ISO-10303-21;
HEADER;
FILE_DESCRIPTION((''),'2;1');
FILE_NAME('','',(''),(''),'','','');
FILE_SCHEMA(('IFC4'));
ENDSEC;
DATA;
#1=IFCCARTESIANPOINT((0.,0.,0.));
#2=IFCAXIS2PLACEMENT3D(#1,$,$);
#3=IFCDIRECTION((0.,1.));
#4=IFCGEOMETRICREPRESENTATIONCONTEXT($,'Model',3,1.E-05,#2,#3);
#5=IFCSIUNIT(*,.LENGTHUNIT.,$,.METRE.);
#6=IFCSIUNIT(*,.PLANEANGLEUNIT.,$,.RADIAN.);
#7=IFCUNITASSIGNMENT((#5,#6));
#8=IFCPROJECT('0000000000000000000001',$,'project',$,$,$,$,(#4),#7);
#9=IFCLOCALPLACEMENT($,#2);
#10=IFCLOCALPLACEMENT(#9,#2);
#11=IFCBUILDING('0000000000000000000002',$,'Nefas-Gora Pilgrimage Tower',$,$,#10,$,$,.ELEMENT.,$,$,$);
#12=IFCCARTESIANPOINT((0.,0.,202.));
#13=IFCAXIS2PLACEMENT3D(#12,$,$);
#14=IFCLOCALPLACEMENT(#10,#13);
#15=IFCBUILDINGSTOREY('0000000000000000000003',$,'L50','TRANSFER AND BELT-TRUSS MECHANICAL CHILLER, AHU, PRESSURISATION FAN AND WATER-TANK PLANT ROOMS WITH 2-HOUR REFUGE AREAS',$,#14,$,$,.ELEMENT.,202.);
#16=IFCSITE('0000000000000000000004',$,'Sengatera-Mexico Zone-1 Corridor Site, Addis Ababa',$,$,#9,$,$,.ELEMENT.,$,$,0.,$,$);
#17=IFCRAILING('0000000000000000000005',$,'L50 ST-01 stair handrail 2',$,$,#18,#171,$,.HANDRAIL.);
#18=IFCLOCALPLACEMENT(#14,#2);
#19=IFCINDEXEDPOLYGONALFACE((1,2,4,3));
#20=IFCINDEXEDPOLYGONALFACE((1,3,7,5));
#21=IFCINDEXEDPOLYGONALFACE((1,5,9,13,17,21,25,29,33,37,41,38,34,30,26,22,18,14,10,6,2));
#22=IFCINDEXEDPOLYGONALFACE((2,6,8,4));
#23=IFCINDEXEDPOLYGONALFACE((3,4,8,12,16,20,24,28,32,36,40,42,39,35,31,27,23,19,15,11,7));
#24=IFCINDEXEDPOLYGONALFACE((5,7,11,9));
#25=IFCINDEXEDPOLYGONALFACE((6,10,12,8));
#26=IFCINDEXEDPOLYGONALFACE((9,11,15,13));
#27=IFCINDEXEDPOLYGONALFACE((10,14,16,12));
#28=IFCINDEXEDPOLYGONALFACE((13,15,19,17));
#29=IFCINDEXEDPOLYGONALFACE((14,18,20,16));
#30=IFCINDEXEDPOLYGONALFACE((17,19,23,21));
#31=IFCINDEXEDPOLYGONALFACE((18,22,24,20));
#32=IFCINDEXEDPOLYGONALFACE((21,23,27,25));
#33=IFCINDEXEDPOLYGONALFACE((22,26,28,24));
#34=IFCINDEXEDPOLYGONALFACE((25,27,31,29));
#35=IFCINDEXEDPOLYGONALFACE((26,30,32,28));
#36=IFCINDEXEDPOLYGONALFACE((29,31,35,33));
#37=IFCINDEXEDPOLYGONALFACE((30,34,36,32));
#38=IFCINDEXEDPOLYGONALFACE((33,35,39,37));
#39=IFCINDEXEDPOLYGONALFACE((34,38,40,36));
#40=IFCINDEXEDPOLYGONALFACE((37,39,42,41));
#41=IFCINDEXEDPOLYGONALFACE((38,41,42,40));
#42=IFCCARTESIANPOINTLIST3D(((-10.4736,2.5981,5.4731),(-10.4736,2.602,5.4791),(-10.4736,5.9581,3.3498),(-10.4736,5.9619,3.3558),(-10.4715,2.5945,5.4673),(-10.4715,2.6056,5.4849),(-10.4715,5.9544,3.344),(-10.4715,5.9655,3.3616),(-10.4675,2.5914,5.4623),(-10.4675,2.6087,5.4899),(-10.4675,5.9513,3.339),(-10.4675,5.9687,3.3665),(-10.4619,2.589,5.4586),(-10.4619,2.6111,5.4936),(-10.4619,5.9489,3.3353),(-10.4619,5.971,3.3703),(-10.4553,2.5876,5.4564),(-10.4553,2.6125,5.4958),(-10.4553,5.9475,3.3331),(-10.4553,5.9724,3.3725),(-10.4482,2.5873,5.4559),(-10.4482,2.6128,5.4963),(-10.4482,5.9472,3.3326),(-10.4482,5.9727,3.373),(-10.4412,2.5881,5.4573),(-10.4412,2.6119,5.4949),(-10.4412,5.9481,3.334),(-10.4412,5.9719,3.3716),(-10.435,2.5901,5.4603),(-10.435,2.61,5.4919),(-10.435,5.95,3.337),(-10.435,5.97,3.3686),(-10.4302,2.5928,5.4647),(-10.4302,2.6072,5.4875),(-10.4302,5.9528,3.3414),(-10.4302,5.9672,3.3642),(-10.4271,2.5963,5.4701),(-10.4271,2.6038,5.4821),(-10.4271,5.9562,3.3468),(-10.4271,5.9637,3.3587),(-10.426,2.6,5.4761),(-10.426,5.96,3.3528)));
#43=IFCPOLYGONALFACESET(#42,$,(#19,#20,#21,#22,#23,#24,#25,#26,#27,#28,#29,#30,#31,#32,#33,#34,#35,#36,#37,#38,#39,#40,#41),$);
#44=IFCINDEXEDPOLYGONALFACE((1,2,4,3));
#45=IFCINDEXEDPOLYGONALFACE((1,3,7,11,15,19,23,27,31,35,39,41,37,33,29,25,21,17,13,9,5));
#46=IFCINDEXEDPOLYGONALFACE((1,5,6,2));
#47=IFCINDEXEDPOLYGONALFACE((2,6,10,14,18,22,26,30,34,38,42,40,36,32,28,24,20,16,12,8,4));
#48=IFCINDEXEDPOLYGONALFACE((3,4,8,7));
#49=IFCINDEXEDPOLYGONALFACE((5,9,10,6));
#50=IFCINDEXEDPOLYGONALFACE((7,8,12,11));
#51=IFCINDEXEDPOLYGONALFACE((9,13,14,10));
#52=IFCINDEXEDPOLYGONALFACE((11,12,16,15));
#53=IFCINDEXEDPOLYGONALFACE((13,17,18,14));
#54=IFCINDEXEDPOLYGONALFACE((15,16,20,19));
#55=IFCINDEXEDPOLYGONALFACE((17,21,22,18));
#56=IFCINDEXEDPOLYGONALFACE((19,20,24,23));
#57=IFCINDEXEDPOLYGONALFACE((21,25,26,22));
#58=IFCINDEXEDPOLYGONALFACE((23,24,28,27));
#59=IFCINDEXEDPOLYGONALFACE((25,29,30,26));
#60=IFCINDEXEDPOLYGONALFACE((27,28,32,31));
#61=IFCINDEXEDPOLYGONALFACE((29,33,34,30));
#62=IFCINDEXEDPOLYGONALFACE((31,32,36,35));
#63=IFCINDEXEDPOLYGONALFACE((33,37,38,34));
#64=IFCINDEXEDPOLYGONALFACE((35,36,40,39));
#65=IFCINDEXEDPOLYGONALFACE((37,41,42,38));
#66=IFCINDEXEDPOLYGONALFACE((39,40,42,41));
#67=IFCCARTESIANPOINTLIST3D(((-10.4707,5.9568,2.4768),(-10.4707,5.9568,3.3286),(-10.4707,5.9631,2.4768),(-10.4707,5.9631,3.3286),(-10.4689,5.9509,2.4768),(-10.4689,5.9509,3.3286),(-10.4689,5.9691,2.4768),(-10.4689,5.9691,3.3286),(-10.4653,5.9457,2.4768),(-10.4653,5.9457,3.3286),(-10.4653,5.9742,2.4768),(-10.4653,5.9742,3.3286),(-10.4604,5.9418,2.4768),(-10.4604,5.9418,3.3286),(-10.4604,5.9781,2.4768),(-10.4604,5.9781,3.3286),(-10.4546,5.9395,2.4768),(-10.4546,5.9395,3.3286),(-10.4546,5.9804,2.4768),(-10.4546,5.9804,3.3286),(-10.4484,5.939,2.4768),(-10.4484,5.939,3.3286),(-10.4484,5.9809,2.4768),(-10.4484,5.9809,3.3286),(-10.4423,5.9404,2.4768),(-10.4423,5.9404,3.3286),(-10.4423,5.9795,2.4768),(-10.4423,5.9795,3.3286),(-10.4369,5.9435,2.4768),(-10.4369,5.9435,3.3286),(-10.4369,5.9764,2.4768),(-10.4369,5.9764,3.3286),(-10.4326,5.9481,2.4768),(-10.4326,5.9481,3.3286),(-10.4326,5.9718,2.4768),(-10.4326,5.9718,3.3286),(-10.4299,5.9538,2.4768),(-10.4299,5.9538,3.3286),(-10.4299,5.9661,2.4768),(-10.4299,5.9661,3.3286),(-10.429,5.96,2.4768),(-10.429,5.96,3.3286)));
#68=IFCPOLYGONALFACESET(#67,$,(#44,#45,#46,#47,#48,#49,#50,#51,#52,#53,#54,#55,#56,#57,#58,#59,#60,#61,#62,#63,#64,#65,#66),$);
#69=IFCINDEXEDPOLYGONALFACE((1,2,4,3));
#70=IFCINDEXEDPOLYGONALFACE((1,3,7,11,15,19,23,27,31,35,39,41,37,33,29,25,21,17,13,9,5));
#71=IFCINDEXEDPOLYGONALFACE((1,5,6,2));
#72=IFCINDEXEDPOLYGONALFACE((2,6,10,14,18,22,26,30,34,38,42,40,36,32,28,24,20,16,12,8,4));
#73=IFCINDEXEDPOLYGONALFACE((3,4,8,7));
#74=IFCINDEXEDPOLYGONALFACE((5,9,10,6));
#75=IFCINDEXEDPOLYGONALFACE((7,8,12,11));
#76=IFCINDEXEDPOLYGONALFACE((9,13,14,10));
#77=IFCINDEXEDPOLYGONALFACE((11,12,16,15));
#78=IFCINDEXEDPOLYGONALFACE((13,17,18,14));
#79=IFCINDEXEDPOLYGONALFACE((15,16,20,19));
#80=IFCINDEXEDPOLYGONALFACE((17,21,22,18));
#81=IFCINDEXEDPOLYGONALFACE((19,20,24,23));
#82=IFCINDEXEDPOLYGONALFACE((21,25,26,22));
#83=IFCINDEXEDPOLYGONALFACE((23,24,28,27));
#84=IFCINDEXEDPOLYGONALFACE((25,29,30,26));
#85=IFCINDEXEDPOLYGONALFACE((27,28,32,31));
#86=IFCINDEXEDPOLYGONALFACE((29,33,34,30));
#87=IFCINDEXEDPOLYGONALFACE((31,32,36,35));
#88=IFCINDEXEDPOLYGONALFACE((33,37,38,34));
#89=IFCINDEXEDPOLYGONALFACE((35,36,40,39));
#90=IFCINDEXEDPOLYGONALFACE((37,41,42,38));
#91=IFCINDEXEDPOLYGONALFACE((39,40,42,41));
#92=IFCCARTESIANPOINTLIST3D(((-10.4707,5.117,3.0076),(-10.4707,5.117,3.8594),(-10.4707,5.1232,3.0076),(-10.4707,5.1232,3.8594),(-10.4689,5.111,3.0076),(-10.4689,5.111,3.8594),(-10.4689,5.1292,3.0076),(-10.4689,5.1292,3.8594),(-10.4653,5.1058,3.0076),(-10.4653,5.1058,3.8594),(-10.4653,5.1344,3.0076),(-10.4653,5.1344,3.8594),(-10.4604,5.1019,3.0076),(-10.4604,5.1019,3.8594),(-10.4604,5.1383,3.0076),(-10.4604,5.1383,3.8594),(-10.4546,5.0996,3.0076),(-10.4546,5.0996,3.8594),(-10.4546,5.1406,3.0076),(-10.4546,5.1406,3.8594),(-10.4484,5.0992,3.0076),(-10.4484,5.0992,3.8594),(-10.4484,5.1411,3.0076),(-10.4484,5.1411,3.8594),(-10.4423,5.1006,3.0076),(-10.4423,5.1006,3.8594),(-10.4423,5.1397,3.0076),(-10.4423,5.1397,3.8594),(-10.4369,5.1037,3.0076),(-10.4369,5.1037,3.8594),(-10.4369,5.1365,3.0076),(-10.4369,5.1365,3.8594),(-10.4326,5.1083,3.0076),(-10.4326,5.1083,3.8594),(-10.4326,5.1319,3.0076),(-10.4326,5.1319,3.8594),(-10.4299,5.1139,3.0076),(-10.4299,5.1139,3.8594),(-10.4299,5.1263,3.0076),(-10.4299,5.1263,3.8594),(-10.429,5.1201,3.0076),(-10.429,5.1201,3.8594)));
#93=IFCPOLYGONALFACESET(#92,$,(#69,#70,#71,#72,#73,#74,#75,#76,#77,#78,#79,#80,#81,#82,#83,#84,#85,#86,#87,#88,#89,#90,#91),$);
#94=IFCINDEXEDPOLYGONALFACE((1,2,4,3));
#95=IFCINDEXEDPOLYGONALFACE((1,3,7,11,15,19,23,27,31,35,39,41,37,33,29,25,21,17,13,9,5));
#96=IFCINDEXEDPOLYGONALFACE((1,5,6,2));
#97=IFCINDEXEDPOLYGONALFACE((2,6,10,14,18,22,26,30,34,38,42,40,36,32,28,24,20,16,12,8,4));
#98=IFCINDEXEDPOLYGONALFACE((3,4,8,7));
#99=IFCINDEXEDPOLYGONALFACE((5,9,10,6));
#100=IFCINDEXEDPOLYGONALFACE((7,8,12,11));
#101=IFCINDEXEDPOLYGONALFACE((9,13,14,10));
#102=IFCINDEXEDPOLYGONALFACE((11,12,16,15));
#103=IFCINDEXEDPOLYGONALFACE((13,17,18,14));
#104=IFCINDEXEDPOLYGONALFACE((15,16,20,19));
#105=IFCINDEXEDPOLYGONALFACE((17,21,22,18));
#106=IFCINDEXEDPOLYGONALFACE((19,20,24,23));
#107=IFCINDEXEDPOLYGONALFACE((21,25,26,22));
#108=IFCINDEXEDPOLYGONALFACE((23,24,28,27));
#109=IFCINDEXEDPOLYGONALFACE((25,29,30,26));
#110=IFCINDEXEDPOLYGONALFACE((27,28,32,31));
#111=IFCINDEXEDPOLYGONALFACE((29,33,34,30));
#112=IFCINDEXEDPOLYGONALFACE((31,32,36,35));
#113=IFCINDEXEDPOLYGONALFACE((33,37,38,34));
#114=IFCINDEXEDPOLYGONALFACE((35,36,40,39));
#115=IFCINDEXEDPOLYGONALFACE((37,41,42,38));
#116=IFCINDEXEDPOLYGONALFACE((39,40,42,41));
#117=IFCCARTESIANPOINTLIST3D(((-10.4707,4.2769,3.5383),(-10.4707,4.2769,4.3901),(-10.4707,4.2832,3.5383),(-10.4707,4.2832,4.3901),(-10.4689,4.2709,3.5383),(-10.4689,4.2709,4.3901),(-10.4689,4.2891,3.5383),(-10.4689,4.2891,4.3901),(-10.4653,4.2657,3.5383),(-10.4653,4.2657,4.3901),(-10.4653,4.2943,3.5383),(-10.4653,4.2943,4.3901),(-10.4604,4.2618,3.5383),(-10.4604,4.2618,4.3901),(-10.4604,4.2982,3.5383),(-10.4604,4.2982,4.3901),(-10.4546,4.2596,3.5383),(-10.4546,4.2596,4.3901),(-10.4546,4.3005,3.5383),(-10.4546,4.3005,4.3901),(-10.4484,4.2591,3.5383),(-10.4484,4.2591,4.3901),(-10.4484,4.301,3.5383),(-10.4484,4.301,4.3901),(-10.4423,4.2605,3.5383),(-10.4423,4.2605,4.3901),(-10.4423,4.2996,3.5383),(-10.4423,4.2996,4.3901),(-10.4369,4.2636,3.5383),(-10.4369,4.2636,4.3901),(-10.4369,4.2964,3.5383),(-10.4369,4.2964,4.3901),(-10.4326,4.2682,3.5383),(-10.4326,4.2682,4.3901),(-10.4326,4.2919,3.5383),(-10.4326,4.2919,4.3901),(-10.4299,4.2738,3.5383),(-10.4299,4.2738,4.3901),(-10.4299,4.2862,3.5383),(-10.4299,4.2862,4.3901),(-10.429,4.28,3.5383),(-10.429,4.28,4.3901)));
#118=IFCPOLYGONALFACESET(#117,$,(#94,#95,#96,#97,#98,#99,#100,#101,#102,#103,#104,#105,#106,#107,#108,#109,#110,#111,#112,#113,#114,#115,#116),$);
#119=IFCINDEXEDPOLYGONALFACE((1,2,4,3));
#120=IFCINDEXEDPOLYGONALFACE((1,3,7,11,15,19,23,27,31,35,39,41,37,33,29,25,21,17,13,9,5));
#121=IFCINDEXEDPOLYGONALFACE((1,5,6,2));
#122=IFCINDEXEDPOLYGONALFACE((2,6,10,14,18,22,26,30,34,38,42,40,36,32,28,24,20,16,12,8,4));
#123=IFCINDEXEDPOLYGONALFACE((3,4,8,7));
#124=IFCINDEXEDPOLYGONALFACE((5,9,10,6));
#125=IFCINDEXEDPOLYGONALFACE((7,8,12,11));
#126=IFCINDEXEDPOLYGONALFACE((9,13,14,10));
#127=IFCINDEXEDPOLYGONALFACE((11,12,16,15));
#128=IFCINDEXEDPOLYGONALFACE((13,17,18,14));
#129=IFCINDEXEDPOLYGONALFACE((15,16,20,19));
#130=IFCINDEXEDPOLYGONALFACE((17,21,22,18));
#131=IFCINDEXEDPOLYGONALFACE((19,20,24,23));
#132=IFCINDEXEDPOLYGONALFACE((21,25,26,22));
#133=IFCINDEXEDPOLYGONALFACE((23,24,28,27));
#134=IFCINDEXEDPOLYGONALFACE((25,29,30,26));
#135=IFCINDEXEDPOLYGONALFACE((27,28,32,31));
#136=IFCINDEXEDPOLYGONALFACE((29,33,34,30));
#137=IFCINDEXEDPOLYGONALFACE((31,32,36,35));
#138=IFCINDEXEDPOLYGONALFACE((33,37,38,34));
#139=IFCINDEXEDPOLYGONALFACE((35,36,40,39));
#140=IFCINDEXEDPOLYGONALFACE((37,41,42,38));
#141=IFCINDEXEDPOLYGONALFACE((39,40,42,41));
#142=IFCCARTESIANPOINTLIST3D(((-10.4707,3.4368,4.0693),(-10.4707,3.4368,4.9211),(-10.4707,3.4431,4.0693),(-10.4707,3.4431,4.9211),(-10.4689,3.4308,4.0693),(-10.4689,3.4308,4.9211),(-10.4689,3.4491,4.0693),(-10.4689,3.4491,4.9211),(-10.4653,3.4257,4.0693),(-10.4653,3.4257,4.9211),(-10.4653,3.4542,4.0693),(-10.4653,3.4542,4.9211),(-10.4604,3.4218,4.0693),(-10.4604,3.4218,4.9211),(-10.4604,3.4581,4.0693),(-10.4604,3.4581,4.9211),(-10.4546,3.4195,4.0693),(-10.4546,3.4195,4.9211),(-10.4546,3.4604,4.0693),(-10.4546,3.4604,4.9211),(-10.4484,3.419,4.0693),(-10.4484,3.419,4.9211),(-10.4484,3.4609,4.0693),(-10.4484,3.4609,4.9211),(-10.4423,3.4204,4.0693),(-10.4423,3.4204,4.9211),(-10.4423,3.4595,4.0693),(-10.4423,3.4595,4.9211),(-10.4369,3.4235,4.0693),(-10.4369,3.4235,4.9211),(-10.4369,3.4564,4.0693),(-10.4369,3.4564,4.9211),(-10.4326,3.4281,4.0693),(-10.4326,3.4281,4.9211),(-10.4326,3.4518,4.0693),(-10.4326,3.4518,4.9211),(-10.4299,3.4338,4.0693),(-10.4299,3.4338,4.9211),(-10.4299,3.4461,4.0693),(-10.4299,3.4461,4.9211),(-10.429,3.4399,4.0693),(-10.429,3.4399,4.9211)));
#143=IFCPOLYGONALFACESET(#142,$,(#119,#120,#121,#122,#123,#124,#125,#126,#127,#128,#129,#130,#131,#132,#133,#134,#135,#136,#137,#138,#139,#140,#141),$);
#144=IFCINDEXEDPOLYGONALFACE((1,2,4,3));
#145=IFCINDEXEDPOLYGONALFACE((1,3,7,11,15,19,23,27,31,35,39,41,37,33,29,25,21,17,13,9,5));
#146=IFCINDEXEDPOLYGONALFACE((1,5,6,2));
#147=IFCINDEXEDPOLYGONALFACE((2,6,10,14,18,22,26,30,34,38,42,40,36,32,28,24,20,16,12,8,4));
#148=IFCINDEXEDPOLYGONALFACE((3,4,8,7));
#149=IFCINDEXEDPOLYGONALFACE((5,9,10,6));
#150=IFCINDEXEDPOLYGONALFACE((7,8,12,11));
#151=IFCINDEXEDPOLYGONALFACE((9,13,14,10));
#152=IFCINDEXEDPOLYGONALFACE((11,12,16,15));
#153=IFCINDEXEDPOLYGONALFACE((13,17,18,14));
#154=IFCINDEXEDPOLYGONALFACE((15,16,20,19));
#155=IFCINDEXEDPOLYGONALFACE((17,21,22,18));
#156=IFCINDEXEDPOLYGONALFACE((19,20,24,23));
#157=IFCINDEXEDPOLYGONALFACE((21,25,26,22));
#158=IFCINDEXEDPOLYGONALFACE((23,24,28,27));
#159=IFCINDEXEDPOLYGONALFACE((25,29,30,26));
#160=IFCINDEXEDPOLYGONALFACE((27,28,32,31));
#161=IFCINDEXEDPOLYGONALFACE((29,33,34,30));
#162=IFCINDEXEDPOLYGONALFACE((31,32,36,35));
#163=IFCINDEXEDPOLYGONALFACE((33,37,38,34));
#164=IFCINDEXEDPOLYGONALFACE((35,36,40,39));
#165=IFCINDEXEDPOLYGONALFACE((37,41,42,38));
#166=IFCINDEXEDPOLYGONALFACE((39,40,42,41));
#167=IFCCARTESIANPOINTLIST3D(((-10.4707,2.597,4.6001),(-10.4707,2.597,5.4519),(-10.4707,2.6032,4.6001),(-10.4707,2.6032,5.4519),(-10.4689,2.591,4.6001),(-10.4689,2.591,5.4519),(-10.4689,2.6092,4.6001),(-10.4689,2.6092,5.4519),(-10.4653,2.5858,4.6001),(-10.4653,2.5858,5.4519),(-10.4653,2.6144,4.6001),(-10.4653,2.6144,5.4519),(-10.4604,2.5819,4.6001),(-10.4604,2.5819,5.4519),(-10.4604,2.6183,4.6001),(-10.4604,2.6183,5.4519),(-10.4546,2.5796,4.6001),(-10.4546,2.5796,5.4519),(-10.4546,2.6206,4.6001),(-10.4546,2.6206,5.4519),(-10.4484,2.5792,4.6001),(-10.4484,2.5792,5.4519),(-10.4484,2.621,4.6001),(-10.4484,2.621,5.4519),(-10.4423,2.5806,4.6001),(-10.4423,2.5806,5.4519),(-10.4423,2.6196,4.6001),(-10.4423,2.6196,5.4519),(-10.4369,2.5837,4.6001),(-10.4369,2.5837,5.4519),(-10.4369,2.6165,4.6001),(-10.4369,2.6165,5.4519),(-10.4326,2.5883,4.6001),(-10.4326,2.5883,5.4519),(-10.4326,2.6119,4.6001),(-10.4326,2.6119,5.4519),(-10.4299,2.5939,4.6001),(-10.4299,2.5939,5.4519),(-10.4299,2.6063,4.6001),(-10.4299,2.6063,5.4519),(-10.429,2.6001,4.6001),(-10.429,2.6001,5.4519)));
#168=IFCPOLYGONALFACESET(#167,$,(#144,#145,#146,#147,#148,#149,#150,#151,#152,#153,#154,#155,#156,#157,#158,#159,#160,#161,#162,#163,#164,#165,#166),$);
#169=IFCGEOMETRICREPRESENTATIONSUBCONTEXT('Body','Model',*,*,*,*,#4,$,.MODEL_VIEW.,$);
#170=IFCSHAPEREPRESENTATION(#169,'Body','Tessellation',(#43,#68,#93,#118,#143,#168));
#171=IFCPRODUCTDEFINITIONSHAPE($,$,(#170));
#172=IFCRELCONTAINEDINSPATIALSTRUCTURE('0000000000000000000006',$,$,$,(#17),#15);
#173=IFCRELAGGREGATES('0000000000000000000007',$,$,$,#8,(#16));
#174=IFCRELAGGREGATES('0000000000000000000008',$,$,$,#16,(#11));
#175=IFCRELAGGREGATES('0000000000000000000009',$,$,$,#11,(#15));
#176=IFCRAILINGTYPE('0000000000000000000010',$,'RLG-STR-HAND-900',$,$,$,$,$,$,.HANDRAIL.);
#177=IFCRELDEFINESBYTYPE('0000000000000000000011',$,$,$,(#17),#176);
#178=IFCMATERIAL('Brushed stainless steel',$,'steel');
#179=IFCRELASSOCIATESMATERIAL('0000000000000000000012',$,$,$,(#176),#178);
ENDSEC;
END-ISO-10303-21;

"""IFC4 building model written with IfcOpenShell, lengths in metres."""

from ifc_helpers import new_model, si_unit, direction, frame, origin, origin_2d, place, context, subcontext, project, spatial, circle, extrude, material, type_object, element, save


model = new_model("IFC4")

# Units and contexts
model_context = context("Model", 3, precision=1e-05, world=origin(), true_north=direction((0.0, 1.0)))
body_context = subcontext(model_context, "Body", "Model", "MODEL_VIEW")
ifc_project = project(units=[si_unit("LENGTHUNIT", "METRE"), si_unit("PLANEANGLEUNIT", "RADIAN")], contexts=[model_context])

# Site, building, storey
site_placement = place(None, origin())
site = spatial("IfcSite", under=ifc_project, at=site_placement, Name="Sengatera-Mexico Zone-1 Corridor Site, Addis Ababa", CompositionType="ELEMENT", RefElevation=0.0)
building_placement = place(site_placement, origin())
building = spatial("IfcBuilding", under=site, at=building_placement, Name="Nefas-Gora Pilgrimage Tower", CompositionType="ELEMENT")
storey_placement = place(building_placement, frame((0.0, 0.0, 202.0)))
storey = spatial("IfcBuildingStorey", under=building, at=storey_placement, Name="L50", Description="TRANSFER AND BELT-TRUSS MECHANICAL CHILLER, AHU, PRESSURISATION FAN AND WATER-TANK PLANT ROOMS WITH 2-HOUR REFUGE AREAS", CompositionType="ELEMENT", Elevation=202.0)

# Railing
ifc_material_1 = material(Name="Brushed stainless steel", Category="steel")
railing_type = type_object("IfcRailingType", Name="RLG-STR-HAND-900", PredefinedType="HANDRAIL", material=ifc_material_1)
railing_placement = place(storey_placement, frame((-10.45, 5.96, 2.4768)))
element("IfcRailing", 1, at=railing_placement, inside=storey, type_object=railing_type, Name="L50 ST-01 stair handrail 2", PredefinedType="HANDRAIL", context=body_context, shape_type="SweptSolid", body=[
    extrude(circle(Radius=0.0239, at=origin_2d()), frame((0.0, 0.0, 0.876), z_axis=(0.0, -0.845344, 0.534222), x_axis=(1.0, 0.0, 0.0)), (0.0, 0.0, 1.0), 3.9746),
    extrude(circle(Radius=0.021, at=origin_2d()), origin(), (0.0, 0.0, 1.0), 0.8518),
    extrude(circle(Radius=0.021, at=origin_2d()), frame((0.0, -0.8398, 0.5308)), (0.0, 0.0, 1.0), 0.8518),
    extrude(circle(Radius=0.021, at=origin_2d()), frame((0.0, -1.6799, 1.0615)), (0.0, 0.0, 1.0), 0.8518),
    extrude(circle(Radius=0.021, at=origin_2d()), frame((0.0, -2.52, 1.5925)), (0.0, 0.0, 1.0), 0.8518),
    extrude(circle(Radius=0.021, at=origin_2d()), frame((0.0, -3.3599, 2.1233)), (0.0, 0.0, 1.0), 0.8518),
])

save(model, "model.ifc")
